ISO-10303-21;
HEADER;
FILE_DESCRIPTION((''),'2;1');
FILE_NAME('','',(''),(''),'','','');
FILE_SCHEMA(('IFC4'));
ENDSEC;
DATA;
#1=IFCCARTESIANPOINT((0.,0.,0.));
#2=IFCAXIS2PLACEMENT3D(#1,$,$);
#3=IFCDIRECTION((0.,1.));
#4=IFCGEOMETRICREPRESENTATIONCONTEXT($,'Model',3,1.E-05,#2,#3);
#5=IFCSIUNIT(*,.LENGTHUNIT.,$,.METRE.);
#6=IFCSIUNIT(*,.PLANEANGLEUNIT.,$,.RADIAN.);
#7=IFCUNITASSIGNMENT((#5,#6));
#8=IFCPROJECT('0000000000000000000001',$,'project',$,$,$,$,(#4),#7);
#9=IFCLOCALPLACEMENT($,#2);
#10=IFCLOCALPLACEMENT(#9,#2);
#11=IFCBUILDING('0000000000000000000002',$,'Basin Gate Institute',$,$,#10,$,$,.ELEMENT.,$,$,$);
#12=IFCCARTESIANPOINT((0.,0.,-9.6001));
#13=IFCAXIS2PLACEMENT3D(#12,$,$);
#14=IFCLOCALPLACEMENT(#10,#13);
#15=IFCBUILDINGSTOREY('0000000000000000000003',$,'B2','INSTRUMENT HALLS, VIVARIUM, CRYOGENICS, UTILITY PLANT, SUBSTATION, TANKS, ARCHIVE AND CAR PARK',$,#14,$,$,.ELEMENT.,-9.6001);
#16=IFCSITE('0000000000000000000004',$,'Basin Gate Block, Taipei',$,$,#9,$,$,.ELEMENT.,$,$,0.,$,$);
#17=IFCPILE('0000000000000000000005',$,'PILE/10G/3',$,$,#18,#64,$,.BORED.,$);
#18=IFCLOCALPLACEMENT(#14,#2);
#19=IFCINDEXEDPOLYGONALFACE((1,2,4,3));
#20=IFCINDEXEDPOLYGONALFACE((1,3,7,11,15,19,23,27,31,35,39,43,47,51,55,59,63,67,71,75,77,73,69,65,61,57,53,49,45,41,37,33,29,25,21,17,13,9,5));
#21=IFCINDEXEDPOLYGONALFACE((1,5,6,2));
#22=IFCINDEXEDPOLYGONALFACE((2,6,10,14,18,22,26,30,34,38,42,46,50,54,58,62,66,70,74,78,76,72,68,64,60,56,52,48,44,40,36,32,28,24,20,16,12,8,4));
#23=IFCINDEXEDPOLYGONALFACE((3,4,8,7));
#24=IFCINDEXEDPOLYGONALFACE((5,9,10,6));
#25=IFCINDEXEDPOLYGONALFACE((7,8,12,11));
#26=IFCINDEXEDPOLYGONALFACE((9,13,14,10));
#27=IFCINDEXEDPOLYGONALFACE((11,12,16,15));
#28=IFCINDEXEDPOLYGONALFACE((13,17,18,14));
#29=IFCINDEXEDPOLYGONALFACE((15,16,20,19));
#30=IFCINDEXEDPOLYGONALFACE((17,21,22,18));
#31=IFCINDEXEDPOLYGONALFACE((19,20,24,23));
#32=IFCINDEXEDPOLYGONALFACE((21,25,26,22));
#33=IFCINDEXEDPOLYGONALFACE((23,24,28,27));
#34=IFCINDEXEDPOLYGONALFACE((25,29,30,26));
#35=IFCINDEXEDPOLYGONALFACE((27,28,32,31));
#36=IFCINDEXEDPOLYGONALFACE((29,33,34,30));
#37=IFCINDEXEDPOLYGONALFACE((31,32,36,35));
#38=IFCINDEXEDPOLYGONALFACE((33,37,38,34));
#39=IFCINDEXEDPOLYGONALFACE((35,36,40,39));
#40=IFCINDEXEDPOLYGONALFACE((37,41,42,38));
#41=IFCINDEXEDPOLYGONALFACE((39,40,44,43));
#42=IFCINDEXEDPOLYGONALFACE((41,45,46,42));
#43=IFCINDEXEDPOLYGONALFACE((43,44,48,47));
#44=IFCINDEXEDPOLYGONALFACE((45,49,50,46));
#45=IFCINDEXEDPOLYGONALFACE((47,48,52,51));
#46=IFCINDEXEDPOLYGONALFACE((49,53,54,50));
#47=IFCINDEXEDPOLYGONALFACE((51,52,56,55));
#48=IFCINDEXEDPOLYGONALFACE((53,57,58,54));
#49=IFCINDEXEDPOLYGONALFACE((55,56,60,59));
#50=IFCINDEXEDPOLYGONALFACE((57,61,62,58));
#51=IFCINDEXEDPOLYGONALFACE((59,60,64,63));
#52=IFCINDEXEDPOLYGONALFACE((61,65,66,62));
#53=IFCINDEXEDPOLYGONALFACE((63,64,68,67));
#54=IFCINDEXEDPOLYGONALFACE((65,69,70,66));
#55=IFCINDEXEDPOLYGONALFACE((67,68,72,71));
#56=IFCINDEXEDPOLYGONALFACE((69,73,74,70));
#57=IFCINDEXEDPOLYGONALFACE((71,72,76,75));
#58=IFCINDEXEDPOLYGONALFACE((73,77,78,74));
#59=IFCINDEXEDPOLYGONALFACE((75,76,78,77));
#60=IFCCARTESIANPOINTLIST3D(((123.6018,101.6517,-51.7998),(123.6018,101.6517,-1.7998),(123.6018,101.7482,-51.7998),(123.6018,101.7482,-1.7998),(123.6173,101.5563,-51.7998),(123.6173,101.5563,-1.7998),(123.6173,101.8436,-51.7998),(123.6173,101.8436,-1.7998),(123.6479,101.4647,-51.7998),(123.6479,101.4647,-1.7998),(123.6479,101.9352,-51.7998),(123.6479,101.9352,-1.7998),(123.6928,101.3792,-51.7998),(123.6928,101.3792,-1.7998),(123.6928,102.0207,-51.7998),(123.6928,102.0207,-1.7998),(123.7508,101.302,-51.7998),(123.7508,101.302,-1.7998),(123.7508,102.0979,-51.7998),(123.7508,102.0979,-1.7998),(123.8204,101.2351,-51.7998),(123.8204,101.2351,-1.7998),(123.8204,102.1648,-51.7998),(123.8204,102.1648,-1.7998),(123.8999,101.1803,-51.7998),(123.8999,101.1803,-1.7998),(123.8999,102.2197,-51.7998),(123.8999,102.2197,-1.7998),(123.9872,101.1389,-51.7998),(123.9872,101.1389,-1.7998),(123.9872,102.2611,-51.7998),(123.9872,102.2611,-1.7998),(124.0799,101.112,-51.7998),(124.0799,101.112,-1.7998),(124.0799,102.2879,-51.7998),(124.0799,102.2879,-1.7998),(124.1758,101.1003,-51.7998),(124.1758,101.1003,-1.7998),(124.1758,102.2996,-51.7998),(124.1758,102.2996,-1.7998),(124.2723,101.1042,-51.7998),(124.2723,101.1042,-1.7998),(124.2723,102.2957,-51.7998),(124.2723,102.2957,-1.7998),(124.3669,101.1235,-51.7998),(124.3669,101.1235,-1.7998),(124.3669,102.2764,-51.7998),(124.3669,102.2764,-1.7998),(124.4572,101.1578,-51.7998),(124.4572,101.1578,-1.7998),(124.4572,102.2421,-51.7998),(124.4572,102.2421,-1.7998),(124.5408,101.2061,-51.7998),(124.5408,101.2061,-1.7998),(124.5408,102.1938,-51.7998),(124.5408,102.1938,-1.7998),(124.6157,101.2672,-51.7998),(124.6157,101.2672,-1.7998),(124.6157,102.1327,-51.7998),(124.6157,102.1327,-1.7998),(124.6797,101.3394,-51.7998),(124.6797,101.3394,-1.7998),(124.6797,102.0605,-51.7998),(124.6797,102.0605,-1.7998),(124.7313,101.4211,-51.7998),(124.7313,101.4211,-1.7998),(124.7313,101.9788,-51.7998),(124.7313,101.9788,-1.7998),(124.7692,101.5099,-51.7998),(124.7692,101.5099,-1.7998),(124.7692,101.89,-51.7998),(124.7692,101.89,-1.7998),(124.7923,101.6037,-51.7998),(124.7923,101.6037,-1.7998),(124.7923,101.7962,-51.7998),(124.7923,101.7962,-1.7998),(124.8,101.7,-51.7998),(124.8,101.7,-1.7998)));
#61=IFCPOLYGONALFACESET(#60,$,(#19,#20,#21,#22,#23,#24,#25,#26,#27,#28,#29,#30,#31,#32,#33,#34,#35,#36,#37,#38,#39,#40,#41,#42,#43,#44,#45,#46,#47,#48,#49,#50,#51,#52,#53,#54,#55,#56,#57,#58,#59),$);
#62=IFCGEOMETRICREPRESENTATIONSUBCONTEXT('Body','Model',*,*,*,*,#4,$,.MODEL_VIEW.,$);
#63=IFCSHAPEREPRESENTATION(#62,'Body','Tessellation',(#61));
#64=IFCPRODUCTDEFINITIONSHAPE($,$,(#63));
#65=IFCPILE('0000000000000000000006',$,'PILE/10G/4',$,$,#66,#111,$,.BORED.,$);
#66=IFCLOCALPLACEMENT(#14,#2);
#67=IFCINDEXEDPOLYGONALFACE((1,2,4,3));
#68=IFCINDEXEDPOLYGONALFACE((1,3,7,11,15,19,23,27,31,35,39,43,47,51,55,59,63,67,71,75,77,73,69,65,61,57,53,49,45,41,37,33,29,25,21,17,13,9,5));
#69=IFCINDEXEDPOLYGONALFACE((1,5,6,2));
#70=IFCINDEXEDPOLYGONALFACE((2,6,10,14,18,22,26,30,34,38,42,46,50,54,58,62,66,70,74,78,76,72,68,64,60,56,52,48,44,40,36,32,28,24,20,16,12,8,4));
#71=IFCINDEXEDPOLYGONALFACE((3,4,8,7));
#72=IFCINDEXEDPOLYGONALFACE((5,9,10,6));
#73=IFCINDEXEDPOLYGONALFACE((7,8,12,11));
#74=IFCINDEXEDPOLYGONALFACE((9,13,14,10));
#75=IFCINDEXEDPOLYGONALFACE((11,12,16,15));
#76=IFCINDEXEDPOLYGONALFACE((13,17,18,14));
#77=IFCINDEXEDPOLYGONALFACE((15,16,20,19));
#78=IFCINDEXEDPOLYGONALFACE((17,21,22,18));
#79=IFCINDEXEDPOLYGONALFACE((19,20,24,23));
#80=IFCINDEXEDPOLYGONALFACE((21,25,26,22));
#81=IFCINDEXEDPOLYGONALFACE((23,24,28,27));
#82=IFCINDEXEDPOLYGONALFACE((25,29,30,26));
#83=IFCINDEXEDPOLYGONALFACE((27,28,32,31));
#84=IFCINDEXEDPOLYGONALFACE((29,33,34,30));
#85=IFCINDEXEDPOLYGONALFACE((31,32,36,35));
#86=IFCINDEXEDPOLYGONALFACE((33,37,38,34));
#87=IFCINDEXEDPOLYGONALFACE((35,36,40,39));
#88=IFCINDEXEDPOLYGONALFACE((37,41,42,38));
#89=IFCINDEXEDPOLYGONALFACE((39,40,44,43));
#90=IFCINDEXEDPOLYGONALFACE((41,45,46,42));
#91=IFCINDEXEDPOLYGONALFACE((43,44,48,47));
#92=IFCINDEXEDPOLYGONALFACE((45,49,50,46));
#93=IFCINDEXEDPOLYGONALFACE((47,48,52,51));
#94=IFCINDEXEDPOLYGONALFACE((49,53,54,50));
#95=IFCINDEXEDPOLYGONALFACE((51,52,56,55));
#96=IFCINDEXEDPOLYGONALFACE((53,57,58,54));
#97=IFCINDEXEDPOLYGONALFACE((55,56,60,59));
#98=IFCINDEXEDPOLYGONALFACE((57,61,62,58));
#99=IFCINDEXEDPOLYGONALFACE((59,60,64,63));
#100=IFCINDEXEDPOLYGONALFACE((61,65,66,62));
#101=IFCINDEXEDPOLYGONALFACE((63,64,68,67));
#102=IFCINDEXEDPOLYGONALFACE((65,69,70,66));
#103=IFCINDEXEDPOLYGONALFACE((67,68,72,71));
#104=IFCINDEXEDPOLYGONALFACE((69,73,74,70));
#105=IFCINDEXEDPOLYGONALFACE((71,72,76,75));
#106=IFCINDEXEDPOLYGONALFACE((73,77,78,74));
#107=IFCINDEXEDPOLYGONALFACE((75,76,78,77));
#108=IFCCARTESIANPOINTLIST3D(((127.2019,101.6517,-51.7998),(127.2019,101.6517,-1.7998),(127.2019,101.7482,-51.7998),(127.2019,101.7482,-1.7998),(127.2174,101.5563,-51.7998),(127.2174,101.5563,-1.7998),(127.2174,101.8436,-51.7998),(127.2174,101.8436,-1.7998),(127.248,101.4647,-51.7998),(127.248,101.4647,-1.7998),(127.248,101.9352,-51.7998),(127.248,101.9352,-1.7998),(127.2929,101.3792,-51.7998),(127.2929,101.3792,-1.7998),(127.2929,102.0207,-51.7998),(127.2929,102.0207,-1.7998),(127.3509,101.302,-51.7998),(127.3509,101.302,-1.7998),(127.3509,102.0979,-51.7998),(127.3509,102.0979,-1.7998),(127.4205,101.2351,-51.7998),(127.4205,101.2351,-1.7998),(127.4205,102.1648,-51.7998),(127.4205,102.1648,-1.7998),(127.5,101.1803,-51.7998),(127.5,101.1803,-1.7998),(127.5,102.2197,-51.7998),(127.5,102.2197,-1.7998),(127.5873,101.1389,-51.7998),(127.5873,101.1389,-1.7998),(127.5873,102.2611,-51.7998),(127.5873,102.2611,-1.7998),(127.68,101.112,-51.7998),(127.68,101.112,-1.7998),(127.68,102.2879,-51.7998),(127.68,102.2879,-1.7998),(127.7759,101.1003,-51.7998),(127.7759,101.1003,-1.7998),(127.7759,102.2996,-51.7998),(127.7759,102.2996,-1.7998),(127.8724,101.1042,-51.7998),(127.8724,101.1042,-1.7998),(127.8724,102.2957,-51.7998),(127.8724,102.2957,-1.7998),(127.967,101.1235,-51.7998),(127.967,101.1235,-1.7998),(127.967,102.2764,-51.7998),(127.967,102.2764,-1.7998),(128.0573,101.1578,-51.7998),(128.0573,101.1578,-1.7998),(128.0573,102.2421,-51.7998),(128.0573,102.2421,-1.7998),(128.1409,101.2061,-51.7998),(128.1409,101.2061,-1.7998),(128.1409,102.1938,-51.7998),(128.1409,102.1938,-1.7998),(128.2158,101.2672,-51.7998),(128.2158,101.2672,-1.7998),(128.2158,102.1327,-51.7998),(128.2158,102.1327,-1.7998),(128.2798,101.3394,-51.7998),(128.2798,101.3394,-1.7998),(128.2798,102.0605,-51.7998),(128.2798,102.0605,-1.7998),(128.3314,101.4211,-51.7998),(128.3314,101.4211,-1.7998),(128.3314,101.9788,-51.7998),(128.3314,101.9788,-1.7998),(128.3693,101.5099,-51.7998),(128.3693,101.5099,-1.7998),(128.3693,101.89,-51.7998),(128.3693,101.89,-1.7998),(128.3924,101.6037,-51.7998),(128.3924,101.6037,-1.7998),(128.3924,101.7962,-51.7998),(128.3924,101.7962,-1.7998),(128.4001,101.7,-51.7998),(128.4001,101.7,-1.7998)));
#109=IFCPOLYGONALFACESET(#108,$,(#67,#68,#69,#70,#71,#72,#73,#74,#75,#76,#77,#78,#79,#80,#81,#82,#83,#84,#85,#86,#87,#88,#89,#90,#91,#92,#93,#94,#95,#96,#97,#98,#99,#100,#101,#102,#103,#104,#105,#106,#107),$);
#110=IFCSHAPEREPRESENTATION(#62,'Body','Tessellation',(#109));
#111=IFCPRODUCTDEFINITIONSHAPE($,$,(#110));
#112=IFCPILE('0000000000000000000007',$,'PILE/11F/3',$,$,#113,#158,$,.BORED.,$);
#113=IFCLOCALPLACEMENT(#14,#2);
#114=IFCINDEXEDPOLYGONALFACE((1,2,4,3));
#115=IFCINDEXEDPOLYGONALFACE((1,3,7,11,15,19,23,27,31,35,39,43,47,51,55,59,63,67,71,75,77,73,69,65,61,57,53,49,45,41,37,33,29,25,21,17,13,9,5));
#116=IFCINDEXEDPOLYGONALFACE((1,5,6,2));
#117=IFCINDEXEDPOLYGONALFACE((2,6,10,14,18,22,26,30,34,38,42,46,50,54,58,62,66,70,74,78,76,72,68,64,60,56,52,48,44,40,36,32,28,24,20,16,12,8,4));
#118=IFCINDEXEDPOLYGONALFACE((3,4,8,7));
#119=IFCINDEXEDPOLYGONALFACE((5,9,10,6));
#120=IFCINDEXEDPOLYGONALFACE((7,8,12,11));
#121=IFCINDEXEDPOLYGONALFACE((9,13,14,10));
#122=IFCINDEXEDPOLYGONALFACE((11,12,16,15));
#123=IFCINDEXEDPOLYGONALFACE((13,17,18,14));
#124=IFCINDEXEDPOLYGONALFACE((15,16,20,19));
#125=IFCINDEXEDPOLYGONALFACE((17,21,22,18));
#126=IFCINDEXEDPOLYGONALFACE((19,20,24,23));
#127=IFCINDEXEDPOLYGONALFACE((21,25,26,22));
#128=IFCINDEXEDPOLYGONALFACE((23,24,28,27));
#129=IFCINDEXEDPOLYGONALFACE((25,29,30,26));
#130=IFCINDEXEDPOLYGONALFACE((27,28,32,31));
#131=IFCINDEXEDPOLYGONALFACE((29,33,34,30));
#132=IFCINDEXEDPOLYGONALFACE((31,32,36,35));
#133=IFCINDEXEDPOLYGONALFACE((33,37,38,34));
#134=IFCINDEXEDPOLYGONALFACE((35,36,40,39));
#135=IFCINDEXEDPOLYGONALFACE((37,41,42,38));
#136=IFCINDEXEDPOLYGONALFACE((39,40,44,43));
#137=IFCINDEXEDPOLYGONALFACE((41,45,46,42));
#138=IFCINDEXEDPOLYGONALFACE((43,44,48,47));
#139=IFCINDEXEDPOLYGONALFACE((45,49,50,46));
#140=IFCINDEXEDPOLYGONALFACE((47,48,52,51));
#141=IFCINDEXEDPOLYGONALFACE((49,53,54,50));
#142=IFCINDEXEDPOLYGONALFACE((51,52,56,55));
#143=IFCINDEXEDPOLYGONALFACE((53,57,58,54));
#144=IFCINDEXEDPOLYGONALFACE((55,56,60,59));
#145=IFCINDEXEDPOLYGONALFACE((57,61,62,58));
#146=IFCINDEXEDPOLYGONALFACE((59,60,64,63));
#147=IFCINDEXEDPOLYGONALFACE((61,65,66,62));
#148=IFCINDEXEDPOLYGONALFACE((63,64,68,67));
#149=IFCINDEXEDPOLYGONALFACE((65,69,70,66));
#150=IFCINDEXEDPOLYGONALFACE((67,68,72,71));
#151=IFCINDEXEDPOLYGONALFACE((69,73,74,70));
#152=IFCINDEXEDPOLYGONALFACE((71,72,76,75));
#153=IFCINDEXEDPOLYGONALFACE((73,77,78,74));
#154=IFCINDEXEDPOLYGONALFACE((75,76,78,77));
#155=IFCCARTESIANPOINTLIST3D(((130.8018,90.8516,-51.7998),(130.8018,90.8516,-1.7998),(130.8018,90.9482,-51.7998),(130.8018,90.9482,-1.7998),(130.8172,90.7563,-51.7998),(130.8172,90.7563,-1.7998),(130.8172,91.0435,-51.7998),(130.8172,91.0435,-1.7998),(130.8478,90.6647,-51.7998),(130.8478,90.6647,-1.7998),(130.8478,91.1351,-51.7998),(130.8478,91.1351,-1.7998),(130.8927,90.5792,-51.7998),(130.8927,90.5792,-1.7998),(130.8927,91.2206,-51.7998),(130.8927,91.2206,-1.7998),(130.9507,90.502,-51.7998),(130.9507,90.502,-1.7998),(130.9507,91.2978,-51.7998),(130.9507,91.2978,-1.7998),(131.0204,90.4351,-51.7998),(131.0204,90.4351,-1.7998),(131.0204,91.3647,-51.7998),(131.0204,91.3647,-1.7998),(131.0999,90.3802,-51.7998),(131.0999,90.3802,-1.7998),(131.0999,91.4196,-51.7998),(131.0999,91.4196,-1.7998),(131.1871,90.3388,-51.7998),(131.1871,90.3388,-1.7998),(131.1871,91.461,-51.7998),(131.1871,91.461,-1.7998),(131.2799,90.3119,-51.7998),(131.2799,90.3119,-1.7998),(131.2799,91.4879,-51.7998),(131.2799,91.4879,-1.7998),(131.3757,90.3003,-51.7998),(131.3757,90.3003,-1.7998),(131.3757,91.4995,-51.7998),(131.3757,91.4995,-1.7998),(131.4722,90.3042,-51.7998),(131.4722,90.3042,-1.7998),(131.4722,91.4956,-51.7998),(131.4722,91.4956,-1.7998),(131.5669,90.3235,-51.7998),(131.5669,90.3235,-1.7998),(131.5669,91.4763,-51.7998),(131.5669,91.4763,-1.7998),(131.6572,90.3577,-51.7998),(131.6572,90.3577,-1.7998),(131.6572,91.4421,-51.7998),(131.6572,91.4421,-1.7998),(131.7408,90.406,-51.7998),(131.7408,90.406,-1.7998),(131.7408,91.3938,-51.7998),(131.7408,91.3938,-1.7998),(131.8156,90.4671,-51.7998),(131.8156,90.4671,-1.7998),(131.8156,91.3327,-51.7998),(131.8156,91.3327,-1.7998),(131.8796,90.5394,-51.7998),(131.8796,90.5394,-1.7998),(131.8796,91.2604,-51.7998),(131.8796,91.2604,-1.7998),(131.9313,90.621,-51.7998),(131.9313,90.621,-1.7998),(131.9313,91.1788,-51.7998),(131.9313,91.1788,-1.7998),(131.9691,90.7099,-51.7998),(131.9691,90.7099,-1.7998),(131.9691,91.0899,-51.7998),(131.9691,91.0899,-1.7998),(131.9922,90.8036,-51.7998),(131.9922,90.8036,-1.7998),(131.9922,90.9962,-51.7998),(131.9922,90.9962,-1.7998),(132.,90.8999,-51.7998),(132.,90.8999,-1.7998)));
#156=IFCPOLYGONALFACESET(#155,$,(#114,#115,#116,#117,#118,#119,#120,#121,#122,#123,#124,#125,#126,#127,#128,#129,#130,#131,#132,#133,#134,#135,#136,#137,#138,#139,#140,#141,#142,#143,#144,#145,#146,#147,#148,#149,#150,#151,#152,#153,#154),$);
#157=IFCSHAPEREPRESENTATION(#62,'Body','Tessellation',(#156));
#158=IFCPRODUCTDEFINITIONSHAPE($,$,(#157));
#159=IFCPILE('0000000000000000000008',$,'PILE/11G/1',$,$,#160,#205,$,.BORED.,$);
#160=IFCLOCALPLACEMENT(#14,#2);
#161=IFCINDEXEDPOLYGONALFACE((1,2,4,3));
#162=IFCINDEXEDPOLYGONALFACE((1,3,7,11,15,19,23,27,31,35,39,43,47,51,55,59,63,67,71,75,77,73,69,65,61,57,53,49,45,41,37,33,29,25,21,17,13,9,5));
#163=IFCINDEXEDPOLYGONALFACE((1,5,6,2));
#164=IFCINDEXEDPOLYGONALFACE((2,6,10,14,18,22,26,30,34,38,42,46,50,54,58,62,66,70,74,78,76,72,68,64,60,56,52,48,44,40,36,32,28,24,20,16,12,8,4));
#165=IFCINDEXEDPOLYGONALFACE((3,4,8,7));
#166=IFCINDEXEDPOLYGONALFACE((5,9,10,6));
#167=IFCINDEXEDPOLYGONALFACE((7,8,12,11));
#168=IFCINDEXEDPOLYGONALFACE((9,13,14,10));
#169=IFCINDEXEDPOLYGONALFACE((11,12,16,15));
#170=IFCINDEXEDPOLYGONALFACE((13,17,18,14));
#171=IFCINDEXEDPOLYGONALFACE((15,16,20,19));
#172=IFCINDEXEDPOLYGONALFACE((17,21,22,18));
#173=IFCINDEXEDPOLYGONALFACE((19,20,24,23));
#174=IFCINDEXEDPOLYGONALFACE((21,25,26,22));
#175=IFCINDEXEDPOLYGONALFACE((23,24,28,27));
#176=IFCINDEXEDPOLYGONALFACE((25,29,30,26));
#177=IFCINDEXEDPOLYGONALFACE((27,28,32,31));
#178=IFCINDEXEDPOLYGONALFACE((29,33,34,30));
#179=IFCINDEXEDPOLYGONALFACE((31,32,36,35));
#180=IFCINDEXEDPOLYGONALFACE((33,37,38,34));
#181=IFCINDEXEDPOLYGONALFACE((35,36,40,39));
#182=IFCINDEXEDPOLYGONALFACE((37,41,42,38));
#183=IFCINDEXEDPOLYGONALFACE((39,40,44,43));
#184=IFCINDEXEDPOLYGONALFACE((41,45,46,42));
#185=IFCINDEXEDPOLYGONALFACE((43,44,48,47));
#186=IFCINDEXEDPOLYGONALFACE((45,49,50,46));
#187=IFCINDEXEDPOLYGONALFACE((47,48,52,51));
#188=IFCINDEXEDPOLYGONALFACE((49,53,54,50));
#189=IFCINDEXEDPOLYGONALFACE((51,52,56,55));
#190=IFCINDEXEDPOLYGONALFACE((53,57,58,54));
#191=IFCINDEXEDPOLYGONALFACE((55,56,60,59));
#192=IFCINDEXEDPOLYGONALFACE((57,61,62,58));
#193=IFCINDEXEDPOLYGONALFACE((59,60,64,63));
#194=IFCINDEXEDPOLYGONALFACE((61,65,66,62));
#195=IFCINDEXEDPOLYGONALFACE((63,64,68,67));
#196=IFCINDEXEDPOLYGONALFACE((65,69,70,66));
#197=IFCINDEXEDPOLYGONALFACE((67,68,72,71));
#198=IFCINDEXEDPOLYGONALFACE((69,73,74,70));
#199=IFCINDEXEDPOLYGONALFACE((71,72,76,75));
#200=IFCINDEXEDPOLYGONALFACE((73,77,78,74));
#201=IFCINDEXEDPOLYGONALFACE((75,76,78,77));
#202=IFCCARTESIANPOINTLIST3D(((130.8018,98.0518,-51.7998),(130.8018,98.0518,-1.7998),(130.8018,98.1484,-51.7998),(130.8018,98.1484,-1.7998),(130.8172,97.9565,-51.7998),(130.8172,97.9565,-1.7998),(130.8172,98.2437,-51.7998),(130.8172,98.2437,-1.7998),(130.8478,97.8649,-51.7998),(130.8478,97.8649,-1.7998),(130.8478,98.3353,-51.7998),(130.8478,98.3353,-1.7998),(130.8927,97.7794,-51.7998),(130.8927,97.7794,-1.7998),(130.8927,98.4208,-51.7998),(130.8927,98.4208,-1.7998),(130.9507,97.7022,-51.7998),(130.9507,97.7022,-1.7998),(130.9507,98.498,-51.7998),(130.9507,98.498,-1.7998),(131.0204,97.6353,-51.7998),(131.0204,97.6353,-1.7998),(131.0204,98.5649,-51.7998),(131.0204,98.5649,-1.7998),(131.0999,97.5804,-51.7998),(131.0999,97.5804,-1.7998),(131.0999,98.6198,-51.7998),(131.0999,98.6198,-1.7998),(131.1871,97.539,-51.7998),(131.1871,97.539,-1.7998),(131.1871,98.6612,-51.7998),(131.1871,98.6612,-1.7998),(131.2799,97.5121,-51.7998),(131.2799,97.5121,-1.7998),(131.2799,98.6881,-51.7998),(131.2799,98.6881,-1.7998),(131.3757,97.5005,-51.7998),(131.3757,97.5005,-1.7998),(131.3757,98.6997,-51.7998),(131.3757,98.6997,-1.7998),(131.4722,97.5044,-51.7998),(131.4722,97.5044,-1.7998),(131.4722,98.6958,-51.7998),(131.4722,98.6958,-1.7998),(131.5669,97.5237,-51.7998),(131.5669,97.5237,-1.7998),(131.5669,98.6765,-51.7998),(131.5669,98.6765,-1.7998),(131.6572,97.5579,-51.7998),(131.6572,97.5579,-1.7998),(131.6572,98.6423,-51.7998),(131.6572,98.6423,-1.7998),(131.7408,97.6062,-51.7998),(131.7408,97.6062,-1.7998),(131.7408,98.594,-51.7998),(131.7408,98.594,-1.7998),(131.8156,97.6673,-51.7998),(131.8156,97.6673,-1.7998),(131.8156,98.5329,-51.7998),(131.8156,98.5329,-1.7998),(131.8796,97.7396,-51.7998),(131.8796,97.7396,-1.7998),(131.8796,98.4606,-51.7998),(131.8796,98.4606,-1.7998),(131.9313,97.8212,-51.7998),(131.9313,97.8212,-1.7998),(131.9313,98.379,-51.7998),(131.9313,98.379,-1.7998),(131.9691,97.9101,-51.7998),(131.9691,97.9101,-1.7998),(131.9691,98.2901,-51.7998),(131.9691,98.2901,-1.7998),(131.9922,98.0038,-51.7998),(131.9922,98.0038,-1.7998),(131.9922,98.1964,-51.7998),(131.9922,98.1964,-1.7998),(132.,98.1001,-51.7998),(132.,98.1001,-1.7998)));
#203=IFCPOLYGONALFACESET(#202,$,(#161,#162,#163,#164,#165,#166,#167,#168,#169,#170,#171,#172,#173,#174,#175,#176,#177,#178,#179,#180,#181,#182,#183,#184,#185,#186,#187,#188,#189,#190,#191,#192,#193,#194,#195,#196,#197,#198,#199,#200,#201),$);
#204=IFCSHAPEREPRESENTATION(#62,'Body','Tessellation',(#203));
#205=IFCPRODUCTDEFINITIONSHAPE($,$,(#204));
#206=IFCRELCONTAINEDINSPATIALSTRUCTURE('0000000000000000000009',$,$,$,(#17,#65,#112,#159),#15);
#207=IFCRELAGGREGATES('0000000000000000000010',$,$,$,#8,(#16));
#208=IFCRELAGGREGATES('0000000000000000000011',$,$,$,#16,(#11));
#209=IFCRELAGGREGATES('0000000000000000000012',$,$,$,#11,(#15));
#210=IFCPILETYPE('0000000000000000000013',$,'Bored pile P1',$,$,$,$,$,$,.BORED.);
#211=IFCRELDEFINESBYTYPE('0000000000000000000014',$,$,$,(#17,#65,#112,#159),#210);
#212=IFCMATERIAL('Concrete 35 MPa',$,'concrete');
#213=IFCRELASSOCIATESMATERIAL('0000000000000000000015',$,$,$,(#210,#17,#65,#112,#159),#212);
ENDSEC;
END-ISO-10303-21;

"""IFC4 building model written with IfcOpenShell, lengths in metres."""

from ifc_helpers import new_model, si_unit, direction, frame, origin, origin_2d, place, context, subcontext, project, spatial, circle, extrude, material, material_profile, profile_set, type_object, element, save


model = new_model("IFC4")

# Units and contexts
model_context = context("Model", 3, precision=1e-05, world=origin(), true_north=direction((0.0, 1.0)))
body_context = subcontext(model_context, "Body", "Model", "MODEL_VIEW")
ifc_project = project(units=[si_unit("LENGTHUNIT", "METRE"), si_unit("PLANEANGLEUNIT", "RADIAN")], contexts=[model_context])

# Site, building, storey
site_placement = place(None, origin())
site = spatial("IfcSite", under=ifc_project, at=site_placement, Name="Basin Gate Block, Taipei", CompositionType="ELEMENT", RefElevation=0.0)
building_placement = place(site_placement, origin())
building = spatial("IfcBuilding", under=site, at=building_placement, Name="Basin Gate Institute", CompositionType="ELEMENT")
storey_placement = place(building_placement, frame((0.0, 0.0, -9.6001)))
storey = spatial("IfcBuildingStorey", under=building, at=storey_placement, Name="B2", Description="INSTRUMENT HALLS, VIVARIUM, CRYOGENICS, UTILITY PLANT, SUBSTATION, TANKS, ARCHIVE AND CAR PARK", CompositionType="ELEMENT", Elevation=-9.6001)

# Piles
ifc_material_1 = material(Name="Concrete 35 MPa", Category="concrete")
ifc_material_profile_1 = material_profile(ifc_material_1, circle(Radius=0.6001, at=origin_2d()), Name="Bored pile P1 1200 dia")
ifc_profile_set_1 = profile_set([ifc_material_profile_1], Name="Concrete 35 MPa")
pile_type = type_object("IfcPileType", Name="Bored pile P1", PredefinedType="BORED", material=ifc_profile_set_1)
for number, where, z_axis, x_axis, name in (
    (1, (124.2, 101.7, -1.7998), (0.0, 0.0, -1.0), (1.0, 0.0, 0.0), "PILE/10G/3"),
    (2, (127.8, 101.7, -1.7998), (0.0, 0.0, -1.0), (1.0, 0.0, 0.0), "PILE/10G/4"),
    (3, (131.3999, 90.8999, -1.7998), (0.0, 0.0, -1.0), (1.0, 0.0, 0.0), "PILE/11F/3"),
    (4, (131.3999, 98.1001, -1.7998), (0.0, 0.0, -1.0), (1.0, 0.0, 0.0), "PILE/11G/1"),
):
    element("IfcPile", number, at=place(storey_placement, frame(where, z_axis=z_axis, x_axis=x_axis)), inside=storey, type_object=pile_type, material=ifc_profile_set_1, Name=name, PredefinedType="BORED", context=body_context, shape_type="SweptSolid", body=[
        extrude(circle(Radius=0.6001, at=origin_2d()), origin(), (0.0, 0.0, 1.0), 50.0),
    ])

save(model, "model.ifc")
